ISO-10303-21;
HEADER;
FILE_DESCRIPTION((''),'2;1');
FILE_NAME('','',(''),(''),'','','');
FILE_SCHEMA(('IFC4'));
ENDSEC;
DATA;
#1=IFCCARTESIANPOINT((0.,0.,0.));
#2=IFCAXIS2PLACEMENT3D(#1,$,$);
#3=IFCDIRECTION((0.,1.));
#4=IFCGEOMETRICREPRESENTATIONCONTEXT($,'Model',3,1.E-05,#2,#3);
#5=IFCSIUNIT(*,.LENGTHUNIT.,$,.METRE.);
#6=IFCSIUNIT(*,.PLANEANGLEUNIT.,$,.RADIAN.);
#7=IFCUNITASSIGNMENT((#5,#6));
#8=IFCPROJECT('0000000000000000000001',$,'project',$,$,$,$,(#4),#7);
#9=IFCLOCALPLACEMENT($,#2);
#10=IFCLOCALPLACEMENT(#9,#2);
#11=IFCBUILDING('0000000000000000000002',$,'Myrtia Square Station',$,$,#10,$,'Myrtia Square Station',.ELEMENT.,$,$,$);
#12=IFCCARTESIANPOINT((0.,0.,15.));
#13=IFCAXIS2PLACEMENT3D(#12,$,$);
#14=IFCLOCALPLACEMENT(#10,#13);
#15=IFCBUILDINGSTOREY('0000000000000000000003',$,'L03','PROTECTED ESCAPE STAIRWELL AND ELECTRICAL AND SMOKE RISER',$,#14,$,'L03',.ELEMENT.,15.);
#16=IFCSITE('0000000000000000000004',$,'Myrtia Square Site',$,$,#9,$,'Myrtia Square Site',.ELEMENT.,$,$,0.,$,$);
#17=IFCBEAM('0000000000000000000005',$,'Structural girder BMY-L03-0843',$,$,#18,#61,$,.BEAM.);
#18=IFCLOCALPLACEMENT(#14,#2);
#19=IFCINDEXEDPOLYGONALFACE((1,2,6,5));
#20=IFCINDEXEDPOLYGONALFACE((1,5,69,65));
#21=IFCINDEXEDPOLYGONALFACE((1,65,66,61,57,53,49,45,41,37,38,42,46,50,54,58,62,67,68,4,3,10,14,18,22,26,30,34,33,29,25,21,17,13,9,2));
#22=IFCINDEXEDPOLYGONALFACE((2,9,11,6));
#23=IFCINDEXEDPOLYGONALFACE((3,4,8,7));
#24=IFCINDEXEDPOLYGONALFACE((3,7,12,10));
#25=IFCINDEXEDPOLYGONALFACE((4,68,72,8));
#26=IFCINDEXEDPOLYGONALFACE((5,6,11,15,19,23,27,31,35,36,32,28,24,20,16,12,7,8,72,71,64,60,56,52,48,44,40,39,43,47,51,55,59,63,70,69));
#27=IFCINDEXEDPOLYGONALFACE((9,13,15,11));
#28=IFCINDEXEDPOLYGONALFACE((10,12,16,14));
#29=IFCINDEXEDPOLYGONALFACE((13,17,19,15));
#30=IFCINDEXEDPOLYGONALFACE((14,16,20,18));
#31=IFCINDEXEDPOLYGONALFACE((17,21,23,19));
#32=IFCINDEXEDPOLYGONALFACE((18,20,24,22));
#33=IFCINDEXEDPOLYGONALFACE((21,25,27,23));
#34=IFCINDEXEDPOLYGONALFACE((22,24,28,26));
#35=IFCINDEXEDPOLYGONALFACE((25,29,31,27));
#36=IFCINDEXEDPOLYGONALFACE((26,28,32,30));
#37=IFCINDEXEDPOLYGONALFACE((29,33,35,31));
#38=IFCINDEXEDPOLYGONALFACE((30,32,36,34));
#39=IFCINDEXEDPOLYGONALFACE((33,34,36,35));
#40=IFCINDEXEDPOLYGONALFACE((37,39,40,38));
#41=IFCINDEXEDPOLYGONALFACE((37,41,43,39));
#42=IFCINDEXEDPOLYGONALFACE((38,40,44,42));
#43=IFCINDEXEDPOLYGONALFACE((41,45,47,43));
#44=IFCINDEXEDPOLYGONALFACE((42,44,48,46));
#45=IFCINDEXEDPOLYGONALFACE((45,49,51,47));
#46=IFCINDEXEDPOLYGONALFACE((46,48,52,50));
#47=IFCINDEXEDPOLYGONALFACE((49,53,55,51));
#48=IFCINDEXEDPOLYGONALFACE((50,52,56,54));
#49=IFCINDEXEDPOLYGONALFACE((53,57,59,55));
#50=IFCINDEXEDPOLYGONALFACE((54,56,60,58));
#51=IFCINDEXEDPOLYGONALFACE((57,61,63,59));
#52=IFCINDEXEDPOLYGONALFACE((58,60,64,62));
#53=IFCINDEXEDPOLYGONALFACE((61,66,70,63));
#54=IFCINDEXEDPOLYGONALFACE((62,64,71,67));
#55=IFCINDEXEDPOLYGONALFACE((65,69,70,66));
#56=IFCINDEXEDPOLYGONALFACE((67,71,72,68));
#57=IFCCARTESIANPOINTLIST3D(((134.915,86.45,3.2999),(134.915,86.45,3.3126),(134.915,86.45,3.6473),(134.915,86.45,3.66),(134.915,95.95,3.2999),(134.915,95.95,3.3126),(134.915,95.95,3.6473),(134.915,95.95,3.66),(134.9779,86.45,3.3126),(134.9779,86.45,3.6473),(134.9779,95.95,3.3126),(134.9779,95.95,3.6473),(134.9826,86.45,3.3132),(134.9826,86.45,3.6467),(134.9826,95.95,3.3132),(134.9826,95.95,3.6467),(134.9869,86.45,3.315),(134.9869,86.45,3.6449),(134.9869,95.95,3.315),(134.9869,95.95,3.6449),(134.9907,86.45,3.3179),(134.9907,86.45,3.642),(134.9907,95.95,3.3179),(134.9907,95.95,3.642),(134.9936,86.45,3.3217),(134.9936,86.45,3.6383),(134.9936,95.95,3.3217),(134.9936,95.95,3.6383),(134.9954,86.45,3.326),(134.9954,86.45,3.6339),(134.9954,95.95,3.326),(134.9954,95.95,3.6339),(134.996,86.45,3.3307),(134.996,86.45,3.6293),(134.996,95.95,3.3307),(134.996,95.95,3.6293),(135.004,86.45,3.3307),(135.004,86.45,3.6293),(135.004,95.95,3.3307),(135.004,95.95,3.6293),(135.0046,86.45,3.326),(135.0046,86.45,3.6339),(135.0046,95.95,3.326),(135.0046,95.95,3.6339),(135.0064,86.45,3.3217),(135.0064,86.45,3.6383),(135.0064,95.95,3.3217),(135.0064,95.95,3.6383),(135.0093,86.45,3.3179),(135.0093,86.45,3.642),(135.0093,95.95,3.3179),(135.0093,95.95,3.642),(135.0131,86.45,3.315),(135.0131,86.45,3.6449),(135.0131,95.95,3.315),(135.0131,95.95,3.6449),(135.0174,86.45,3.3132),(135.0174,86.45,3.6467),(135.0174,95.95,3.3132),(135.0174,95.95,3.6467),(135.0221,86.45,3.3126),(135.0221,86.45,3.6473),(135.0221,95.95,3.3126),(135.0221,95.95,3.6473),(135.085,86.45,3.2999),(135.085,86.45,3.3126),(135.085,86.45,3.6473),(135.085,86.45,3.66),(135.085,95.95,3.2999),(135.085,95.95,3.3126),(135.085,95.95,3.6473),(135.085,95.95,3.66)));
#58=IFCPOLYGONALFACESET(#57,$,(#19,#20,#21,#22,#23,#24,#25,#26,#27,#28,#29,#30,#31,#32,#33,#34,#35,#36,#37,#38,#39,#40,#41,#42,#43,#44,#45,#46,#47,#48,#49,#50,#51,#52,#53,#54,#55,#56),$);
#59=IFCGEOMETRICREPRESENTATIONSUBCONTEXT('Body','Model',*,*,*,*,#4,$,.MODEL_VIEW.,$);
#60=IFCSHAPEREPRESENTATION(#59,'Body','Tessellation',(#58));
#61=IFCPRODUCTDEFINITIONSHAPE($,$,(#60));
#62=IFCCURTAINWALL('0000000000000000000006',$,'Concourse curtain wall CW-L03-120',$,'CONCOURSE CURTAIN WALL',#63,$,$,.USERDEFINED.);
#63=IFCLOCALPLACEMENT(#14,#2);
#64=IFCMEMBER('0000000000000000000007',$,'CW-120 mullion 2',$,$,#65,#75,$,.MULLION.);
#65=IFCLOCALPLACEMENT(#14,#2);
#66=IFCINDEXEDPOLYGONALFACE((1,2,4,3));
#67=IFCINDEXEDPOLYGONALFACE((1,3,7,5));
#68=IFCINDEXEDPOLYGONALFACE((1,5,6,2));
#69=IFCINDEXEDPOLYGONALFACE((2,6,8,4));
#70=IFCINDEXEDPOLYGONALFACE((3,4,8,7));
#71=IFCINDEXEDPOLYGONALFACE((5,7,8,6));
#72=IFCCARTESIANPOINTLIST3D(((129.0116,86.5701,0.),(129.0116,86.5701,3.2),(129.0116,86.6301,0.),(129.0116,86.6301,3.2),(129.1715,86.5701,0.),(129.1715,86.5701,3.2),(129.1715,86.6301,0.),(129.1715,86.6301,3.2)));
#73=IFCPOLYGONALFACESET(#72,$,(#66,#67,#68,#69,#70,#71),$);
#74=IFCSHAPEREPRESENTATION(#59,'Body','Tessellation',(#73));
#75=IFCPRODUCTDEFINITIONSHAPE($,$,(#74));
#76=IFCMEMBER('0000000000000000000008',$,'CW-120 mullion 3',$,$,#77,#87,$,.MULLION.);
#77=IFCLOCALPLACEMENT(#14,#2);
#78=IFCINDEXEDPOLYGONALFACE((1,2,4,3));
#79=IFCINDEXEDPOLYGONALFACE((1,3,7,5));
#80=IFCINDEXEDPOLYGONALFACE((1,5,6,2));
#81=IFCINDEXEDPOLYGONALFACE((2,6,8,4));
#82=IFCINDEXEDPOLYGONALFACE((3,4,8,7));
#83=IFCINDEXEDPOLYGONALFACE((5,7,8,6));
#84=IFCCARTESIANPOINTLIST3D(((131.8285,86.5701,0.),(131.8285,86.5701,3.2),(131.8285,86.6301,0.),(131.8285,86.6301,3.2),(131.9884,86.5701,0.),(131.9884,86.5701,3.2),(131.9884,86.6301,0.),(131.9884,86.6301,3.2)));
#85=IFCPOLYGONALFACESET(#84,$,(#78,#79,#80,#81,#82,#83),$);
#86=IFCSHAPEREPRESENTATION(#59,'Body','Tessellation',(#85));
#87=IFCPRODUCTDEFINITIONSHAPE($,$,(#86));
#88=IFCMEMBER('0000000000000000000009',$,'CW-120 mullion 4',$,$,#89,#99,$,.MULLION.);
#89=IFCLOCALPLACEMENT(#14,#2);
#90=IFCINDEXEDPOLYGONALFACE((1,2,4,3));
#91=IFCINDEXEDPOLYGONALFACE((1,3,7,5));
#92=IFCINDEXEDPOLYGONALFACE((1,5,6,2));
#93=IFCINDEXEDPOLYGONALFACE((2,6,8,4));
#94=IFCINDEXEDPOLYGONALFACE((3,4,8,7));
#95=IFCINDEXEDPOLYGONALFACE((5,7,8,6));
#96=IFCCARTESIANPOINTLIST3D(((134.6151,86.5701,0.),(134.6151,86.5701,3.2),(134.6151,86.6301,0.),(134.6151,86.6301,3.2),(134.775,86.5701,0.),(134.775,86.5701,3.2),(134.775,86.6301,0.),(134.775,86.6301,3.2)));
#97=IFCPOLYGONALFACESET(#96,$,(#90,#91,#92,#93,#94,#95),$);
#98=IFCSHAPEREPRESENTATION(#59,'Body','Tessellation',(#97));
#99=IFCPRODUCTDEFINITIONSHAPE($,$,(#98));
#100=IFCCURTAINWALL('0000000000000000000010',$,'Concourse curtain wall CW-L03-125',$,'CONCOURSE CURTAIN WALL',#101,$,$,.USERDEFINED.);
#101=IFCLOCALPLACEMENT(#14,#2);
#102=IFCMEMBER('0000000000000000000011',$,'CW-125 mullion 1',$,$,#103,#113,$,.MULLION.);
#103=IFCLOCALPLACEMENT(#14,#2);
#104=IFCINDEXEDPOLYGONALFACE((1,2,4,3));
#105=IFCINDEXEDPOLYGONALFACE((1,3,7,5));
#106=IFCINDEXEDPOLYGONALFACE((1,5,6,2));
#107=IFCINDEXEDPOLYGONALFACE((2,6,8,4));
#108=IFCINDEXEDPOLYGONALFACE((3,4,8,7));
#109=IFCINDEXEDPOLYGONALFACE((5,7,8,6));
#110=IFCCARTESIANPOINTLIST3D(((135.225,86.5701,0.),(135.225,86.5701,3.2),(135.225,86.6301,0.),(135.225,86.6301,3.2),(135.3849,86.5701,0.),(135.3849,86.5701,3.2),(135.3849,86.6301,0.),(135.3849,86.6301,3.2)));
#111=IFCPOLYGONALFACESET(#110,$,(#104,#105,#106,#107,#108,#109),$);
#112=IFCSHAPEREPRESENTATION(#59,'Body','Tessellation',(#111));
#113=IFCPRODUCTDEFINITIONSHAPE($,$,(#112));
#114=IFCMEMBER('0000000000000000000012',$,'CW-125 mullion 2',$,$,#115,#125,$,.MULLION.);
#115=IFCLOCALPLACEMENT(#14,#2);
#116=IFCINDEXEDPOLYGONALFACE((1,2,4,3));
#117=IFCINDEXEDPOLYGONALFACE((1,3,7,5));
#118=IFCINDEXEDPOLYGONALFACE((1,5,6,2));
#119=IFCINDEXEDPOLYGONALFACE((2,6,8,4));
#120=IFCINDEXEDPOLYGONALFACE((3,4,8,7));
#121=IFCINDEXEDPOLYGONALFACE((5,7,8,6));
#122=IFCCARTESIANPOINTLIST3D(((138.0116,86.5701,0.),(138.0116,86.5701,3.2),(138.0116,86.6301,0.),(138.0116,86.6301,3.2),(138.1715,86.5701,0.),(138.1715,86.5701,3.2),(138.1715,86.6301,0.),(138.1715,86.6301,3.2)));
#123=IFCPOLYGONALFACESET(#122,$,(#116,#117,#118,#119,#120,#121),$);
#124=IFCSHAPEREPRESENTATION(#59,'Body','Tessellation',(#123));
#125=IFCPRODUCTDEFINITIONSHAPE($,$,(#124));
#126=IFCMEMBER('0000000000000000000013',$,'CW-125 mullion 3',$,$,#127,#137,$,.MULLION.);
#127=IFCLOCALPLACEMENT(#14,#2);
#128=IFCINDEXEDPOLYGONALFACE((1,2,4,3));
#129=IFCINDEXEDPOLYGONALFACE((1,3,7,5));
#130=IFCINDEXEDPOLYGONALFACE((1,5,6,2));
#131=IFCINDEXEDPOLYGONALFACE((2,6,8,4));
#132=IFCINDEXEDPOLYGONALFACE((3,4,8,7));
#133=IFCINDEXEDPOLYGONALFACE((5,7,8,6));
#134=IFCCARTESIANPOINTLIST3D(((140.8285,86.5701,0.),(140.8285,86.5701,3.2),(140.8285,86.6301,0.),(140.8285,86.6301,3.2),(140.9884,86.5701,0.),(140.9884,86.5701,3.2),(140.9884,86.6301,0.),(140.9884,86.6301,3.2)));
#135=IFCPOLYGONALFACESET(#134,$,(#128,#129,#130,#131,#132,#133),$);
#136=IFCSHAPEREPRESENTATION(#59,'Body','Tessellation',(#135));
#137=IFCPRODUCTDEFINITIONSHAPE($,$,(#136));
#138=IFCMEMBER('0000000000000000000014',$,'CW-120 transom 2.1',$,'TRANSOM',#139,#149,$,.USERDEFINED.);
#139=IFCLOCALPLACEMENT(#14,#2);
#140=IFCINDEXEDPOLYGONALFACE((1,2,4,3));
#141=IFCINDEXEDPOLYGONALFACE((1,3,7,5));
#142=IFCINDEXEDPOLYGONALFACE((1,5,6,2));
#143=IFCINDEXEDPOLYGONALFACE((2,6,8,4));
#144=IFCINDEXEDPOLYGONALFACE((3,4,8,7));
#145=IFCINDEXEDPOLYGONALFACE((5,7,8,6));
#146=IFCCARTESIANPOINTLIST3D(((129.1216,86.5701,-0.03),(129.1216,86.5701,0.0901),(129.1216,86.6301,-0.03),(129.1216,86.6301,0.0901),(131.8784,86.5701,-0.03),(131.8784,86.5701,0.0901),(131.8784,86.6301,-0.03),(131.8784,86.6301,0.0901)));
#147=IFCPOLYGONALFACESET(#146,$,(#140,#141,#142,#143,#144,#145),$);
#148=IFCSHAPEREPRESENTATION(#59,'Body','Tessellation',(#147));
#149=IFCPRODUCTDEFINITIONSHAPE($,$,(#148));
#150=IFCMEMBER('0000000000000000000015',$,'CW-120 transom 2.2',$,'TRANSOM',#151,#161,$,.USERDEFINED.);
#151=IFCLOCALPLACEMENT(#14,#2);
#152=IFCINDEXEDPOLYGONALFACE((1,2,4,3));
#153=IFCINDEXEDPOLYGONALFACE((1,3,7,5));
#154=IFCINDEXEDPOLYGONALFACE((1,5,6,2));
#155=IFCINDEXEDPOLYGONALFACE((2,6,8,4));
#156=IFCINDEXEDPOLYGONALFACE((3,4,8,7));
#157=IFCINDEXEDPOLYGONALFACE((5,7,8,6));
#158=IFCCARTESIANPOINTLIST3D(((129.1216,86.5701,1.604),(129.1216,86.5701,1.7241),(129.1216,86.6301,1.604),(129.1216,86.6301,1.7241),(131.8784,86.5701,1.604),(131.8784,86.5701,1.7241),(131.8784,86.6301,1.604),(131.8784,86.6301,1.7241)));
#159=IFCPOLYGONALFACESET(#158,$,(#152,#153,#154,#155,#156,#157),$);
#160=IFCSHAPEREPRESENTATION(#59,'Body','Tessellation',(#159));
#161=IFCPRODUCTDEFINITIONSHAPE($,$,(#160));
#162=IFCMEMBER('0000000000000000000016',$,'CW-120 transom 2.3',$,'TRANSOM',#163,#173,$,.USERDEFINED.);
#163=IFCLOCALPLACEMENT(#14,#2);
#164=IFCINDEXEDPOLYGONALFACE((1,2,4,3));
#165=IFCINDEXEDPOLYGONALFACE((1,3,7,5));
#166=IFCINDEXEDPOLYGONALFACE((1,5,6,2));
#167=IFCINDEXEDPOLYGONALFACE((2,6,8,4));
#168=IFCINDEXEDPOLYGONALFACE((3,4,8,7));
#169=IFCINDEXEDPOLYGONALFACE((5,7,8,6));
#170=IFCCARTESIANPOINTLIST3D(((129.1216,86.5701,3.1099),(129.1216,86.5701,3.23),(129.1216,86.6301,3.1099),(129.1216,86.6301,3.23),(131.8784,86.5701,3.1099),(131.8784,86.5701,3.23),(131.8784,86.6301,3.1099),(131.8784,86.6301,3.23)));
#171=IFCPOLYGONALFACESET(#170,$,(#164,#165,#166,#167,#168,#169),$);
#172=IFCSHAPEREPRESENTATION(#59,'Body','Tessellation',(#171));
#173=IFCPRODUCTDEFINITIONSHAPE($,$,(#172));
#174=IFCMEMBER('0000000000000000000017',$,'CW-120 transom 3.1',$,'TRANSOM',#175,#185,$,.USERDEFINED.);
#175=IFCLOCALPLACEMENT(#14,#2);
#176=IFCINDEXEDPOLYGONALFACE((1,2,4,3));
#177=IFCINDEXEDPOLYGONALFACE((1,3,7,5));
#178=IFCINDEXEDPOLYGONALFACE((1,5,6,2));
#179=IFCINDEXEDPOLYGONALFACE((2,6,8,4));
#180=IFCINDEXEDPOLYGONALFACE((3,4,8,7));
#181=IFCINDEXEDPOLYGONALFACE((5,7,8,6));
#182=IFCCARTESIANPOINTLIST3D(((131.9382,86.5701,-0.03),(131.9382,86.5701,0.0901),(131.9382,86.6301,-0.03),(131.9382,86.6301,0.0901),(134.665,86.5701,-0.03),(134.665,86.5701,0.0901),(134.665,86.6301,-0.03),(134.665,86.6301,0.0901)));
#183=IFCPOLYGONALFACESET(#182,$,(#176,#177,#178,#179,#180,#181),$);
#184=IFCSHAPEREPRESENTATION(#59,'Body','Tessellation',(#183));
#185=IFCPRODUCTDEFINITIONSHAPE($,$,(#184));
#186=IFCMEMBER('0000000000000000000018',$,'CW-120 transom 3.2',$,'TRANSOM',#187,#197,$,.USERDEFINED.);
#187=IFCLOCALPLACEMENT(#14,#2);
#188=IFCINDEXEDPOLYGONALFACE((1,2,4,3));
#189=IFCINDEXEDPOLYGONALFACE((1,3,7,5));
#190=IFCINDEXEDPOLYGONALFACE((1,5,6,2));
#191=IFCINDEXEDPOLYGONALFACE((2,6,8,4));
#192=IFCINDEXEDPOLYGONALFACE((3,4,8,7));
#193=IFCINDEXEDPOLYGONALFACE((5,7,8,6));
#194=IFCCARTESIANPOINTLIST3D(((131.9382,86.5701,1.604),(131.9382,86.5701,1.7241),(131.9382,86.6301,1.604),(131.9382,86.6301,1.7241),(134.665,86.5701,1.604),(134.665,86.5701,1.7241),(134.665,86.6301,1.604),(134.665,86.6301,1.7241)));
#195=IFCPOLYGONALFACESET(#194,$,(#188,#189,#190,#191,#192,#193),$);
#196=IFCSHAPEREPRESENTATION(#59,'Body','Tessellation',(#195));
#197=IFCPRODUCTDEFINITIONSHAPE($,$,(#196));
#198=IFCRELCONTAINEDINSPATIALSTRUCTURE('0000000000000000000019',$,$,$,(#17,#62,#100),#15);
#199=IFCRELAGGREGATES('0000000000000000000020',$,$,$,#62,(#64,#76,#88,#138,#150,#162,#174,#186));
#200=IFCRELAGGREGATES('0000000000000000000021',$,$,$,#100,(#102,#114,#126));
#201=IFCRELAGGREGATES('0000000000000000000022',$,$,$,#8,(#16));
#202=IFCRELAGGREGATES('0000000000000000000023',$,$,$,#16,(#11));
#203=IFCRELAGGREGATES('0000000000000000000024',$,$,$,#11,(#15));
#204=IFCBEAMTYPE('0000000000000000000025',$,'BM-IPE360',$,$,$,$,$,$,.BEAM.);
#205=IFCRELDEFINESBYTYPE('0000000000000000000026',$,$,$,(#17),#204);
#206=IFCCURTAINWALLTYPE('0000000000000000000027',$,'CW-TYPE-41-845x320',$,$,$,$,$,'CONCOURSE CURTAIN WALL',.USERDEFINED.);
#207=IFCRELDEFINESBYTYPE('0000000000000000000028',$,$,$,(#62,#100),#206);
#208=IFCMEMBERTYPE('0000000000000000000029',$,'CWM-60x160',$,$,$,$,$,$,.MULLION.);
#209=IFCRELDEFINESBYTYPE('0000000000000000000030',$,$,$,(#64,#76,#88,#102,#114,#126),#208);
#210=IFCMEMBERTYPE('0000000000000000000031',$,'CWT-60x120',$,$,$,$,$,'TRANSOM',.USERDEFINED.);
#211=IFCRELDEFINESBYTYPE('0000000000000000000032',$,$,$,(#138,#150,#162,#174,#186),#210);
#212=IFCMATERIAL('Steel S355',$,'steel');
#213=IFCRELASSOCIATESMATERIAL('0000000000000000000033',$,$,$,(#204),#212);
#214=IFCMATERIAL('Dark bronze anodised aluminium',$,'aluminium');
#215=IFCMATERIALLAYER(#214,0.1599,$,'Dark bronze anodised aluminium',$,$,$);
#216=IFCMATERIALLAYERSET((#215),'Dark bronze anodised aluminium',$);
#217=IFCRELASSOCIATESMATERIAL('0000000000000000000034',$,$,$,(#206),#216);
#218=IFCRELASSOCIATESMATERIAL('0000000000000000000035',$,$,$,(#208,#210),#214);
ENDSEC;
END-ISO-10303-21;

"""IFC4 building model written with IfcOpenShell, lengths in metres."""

from ifc_helpers import new_model, si_unit, direction, frame, origin, origin_2d, place, context, subcontext, project, spatial, rectangle, i_section, extrude, material, layer, layer_set, material_profile, profile_set, type_object, element, aggregate, save


model = new_model("IFC4")

# Units and contexts
model_context = context("Model", 3, precision=1e-05, world=origin(), true_north=direction((0.0, 1.0)))
body_context = subcontext(model_context, "Body", "Model", "MODEL_VIEW")
ifc_project = project(units=[si_unit("LENGTHUNIT", "METRE"), si_unit("PLANEANGLEUNIT", "RADIAN")], contexts=[model_context])

# Site, building, storey
site_placement = place(None, origin())
site = spatial("IfcSite", under=ifc_project, at=site_placement, Name="Myrtia Square Site", LongName="Myrtia Square Site", CompositionType="ELEMENT", RefElevation=0.0)
building_placement = place(site_placement, origin())
building = spatial("IfcBuilding", under=site, at=building_placement, Name="Myrtia Square Station", LongName="Myrtia Square Station", CompositionType="ELEMENT")
storey_placement = place(building_placement, frame((0.0, 0.0, 15.0)))
storey = spatial("IfcBuildingStorey", under=building, at=storey_placement, Name="L03", Description="PROTECTED ESCAPE STAIRWELL AND ELECTRICAL AND SMOKE RISER", LongName="L03", CompositionType="ELEMENT", Elevation=15.0)

# Beam
ifc_material_1 = material(Name="Steel S355", Category="steel")
ifc_material_profile_1 = material_profile(ifc_material_1, i_section(OverallWidth=0.1699, OverallDepth=0.3601, WebThickness=0.0081, FlangeThickness=0.0127, FilletRadius=0.0181, at=origin_2d()), Name="IPE 360")
ifc_profile_set_1 = profile_set([ifc_material_profile_1], Name="Steel S355")
beam_type = type_object("IfcBeamType", Name="BM-IPE360", PredefinedType="BEAM", material=ifc_profile_set_1)
beam_placement = place(storey_placement, frame((135.0, 86.45, 3.48), z_axis=(0.0, 1.0, 0.0), x_axis=(-1.0, 0.0, 0.0)))
element("IfcBeam", 1, at=beam_placement, inside=storey, type_object=beam_type, Name="Structural girder BMY-L03-0843", PredefinedType="BEAM", context=body_context, shape_type="SweptSolid", body=[
    extrude(i_section(OverallWidth=0.1699, OverallDepth=0.3601, WebThickness=0.0081, FlangeThickness=0.0127, FilletRadius=0.0181, at=origin_2d()), origin(), (0.0, 0.0, 1.0), 9.5),
])

# Curtain walls, members
ifc_material_2 = material(Name="Dark bronze anodised aluminium", Category="aluminium")
ifc_layer_1 = layer(ifc_material_2, 0.1599, Name="Dark bronze anodised aluminium")
ifc_layer_set_1 = layer_set([ifc_layer_1], Name="Dark bronze anodised aluminium")
curtain_wall_type = type_object("IfcCurtainWallType", Name="CW-TYPE-41-845x320", ElementType="CONCOURSE CURTAIN WALL", PredefinedType="USERDEFINED", material=ifc_layer_set_1)
curtain_wall_1_placement = place(storey_placement, origin())
curtain_wall_1 = element("IfcCurtainWall", 2, at=curtain_wall_1_placement, inside=storey, type_object=curtain_wall_type, Name="Concourse curtain wall CW-L03-120", ObjectType="CONCOURSE CURTAIN WALL", PredefinedType="USERDEFINED")
ifc_material_profile_2 = material_profile(ifc_material_2, rectangle(XDim=0.0601, YDim=0.1599, at=origin_2d()), Name="ALU-M 60x160")
ifc_profile_set_2 = profile_set([ifc_material_profile_2], Name="Dark bronze anodised aluminium")
member_type_1 = type_object("IfcMemberType", Name="CWM-60x160", PredefinedType="MULLION", material=ifc_profile_set_2)
member_1_placement = place(storey_placement, frame((129.0916, 86.6001, 0.0), z_axis=(0.0, 0.0, 1.0), x_axis=(0.0, 1.0, 0.0)))
member_1 = element("IfcMember", 3, at=member_1_placement, type_object=member_type_1, Name="CW-120 mullion 2", PredefinedType="MULLION", context=body_context, shape_type="SweptSolid", body=[
    extrude(rectangle(XDim=0.0601, YDim=0.1599, at=origin_2d()), origin(), (0.0, 0.0, 1.0), 3.2),
])
member_2_placement = place(storey_placement, frame((131.9084, 86.6001, 0.0), z_axis=(0.0, 0.0, 1.0), x_axis=(0.0, 1.0, 0.0)))
member_2 = element("IfcMember", 4, at=member_2_placement, type_object=member_type_1, Name="CW-120 mullion 3", PredefinedType="MULLION", context=body_context, shape_type="SweptSolid", body=[
    extrude(rectangle(XDim=0.0601, YDim=0.1599, at=origin_2d()), origin(), (0.0, 0.0, 1.0), 3.2),
])
member_3_placement = place(storey_placement, frame((134.6951, 86.6001, 0.0), z_axis=(0.0, 0.0, 1.0), x_axis=(0.0, 1.0, 0.0)))
member_3 = element("IfcMember", 5, at=member_3_placement, type_object=member_type_1, Name="CW-120 mullion 4", PredefinedType="MULLION", context=body_context, shape_type="SweptSolid", body=[
    extrude(rectangle(XDim=0.0601, YDim=0.1599, at=origin_2d()), origin(), (0.0, 0.0, 1.0), 3.2),
])
curtain_wall_2_placement = place(storey_placement, origin())
curtain_wall_2 = element("IfcCurtainWall", 6, at=curtain_wall_2_placement, inside=storey, type_object=curtain_wall_type, Name="Concourse curtain wall CW-L03-125", ObjectType="CONCOURSE CURTAIN WALL", PredefinedType="USERDEFINED")
member_4_placement = place(storey_placement, frame((135.3049, 86.6001, 0.0), z_axis=(0.0, 0.0, 1.0), x_axis=(0.0, 1.0, 0.0)))
member_4 = element("IfcMember", 7, at=member_4_placement, type_object=member_type_1, Name="CW-125 mullion 1", PredefinedType="MULLION", context=body_context, shape_type="SweptSolid", body=[
    extrude(rectangle(XDim=0.0601, YDim=0.1599, at=origin_2d()), origin(), (0.0, 0.0, 1.0), 3.2),
])
member_5_placement = place(storey_placement, frame((138.0916, 86.6001, 0.0), z_axis=(0.0, 0.0, 1.0), x_axis=(0.0, 1.0, 0.0)))
member_5 = element("IfcMember", 8, at=member_5_placement, type_object=member_type_1, Name="CW-125 mullion 2", PredefinedType="MULLION", context=body_context, shape_type="SweptSolid", body=[
    extrude(rectangle(XDim=0.0601, YDim=0.1599, at=origin_2d()), origin(), (0.0, 0.0, 1.0), 3.2),
])
member_6_placement = place(storey_placement, frame((140.9084, 86.6001, 0.0), z_axis=(0.0, 0.0, 1.0), x_axis=(0.0, 1.0, 0.0)))
member_6 = element("IfcMember", 9, at=member_6_placement, type_object=member_type_1, Name="CW-125 mullion 3", PredefinedType="MULLION", context=body_context, shape_type="SweptSolid", body=[
    extrude(rectangle(XDim=0.0601, YDim=0.1599, at=origin_2d()), origin(), (0.0, 0.0, 1.0), 3.2),
])

# Members
ifc_material_profile_3 = material_profile(ifc_material_2, rectangle(XDim=0.0601, YDim=0.1201, at=origin_2d()), Name="ALU-T 60x120")
ifc_profile_set_3 = profile_set([ifc_material_profile_3], Name="Dark bronze anodised aluminium")
member_type_2 = type_object("IfcMemberType", Name="CWT-60x120", ElementType="TRANSOM", PredefinedType="USERDEFINED", material=ifc_profile_set_3)
member_7_placement = place(storey_placement, frame((129.1216, 86.6001, 0.03), z_axis=(1.0, 0.0, 0.0), x_axis=(0.0, 1.0, 0.0)))
member_7 = element("IfcMember", 10, at=member_7_placement, type_object=member_type_2, Name="CW-120 transom 2.1", ObjectType="TRANSOM", PredefinedType="USERDEFINED", context=body_context, shape_type="SweptSolid", body=[
    extrude(rectangle(XDim=0.0601, YDim=0.1201, at=origin_2d()), origin(), (0.0, 0.0, 1.0), 2.7568),
])
member_8_placement = place(storey_placement, frame((129.1216, 86.6001, 1.6641), z_axis=(1.0, 0.0, 0.0), x_axis=(0.0, 1.0, 0.0)))
member_8 = element("IfcMember", 11, at=member_8_placement, type_object=member_type_2, Name="CW-120 transom 2.2", ObjectType="TRANSOM", PredefinedType="USERDEFINED", context=body_context, shape_type="SweptSolid", body=[
    extrude(rectangle(XDim=0.0601, YDim=0.1201, at=origin_2d()), origin(), (0.0, 0.0, 1.0), 2.7568),
])
member_9_placement = place(storey_placement, frame((129.1216, 86.6001, 3.1699), z_axis=(1.0, 0.0, 0.0), x_axis=(0.0, 1.0, 0.0)))
member_9 = element("IfcMember", 12, at=member_9_placement, type_object=member_type_2, Name="CW-120 transom 2.3", ObjectType="TRANSOM", PredefinedType="USERDEFINED", context=body_context, shape_type="SweptSolid", body=[
    extrude(rectangle(XDim=0.0601, YDim=0.1201, at=origin_2d()), origin(), (0.0, 0.0, 1.0), 2.7568),
])
member_10_placement = place(storey_placement, frame((131.9382, 86.6001, 0.03), z_axis=(1.0, 0.0, 0.0), x_axis=(0.0, 1.0, 0.0)))
member_10 = element("IfcMember", 13, at=member_10_placement, type_object=member_type_2, Name="CW-120 transom 3.1", ObjectType="TRANSOM", PredefinedType="USERDEFINED", context=body_context, shape_type="SweptSolid", body=[
    extrude(rectangle(XDim=0.0601, YDim=0.1201, at=origin_2d()), origin(), (0.0, 0.0, 1.0), 2.7268),
])
member_11_placement = place(storey_placement, frame((131.9382, 86.6001, 1.6641), z_axis=(1.0, 0.0, 0.0), x_axis=(0.0, 1.0, 0.0)))
member_11 = element("IfcMember", 14, at=member_11_placement, type_object=member_type_2, Name="CW-120 transom 3.2", ObjectType="TRANSOM", PredefinedType="USERDEFINED", context=body_context, shape_type="SweptSolid", body=[
    extrude(rectangle(XDim=0.0601, YDim=0.1201, at=origin_2d()), origin(), (0.0, 0.0, 1.0), 2.7268),
])

aggregate(curtain_wall_1, [member_1, member_2, member_3, member_7, member_8, member_9, member_10, member_11])
aggregate(curtain_wall_2, [member_4, member_5, member_6])

save(model, "model.ifc")
